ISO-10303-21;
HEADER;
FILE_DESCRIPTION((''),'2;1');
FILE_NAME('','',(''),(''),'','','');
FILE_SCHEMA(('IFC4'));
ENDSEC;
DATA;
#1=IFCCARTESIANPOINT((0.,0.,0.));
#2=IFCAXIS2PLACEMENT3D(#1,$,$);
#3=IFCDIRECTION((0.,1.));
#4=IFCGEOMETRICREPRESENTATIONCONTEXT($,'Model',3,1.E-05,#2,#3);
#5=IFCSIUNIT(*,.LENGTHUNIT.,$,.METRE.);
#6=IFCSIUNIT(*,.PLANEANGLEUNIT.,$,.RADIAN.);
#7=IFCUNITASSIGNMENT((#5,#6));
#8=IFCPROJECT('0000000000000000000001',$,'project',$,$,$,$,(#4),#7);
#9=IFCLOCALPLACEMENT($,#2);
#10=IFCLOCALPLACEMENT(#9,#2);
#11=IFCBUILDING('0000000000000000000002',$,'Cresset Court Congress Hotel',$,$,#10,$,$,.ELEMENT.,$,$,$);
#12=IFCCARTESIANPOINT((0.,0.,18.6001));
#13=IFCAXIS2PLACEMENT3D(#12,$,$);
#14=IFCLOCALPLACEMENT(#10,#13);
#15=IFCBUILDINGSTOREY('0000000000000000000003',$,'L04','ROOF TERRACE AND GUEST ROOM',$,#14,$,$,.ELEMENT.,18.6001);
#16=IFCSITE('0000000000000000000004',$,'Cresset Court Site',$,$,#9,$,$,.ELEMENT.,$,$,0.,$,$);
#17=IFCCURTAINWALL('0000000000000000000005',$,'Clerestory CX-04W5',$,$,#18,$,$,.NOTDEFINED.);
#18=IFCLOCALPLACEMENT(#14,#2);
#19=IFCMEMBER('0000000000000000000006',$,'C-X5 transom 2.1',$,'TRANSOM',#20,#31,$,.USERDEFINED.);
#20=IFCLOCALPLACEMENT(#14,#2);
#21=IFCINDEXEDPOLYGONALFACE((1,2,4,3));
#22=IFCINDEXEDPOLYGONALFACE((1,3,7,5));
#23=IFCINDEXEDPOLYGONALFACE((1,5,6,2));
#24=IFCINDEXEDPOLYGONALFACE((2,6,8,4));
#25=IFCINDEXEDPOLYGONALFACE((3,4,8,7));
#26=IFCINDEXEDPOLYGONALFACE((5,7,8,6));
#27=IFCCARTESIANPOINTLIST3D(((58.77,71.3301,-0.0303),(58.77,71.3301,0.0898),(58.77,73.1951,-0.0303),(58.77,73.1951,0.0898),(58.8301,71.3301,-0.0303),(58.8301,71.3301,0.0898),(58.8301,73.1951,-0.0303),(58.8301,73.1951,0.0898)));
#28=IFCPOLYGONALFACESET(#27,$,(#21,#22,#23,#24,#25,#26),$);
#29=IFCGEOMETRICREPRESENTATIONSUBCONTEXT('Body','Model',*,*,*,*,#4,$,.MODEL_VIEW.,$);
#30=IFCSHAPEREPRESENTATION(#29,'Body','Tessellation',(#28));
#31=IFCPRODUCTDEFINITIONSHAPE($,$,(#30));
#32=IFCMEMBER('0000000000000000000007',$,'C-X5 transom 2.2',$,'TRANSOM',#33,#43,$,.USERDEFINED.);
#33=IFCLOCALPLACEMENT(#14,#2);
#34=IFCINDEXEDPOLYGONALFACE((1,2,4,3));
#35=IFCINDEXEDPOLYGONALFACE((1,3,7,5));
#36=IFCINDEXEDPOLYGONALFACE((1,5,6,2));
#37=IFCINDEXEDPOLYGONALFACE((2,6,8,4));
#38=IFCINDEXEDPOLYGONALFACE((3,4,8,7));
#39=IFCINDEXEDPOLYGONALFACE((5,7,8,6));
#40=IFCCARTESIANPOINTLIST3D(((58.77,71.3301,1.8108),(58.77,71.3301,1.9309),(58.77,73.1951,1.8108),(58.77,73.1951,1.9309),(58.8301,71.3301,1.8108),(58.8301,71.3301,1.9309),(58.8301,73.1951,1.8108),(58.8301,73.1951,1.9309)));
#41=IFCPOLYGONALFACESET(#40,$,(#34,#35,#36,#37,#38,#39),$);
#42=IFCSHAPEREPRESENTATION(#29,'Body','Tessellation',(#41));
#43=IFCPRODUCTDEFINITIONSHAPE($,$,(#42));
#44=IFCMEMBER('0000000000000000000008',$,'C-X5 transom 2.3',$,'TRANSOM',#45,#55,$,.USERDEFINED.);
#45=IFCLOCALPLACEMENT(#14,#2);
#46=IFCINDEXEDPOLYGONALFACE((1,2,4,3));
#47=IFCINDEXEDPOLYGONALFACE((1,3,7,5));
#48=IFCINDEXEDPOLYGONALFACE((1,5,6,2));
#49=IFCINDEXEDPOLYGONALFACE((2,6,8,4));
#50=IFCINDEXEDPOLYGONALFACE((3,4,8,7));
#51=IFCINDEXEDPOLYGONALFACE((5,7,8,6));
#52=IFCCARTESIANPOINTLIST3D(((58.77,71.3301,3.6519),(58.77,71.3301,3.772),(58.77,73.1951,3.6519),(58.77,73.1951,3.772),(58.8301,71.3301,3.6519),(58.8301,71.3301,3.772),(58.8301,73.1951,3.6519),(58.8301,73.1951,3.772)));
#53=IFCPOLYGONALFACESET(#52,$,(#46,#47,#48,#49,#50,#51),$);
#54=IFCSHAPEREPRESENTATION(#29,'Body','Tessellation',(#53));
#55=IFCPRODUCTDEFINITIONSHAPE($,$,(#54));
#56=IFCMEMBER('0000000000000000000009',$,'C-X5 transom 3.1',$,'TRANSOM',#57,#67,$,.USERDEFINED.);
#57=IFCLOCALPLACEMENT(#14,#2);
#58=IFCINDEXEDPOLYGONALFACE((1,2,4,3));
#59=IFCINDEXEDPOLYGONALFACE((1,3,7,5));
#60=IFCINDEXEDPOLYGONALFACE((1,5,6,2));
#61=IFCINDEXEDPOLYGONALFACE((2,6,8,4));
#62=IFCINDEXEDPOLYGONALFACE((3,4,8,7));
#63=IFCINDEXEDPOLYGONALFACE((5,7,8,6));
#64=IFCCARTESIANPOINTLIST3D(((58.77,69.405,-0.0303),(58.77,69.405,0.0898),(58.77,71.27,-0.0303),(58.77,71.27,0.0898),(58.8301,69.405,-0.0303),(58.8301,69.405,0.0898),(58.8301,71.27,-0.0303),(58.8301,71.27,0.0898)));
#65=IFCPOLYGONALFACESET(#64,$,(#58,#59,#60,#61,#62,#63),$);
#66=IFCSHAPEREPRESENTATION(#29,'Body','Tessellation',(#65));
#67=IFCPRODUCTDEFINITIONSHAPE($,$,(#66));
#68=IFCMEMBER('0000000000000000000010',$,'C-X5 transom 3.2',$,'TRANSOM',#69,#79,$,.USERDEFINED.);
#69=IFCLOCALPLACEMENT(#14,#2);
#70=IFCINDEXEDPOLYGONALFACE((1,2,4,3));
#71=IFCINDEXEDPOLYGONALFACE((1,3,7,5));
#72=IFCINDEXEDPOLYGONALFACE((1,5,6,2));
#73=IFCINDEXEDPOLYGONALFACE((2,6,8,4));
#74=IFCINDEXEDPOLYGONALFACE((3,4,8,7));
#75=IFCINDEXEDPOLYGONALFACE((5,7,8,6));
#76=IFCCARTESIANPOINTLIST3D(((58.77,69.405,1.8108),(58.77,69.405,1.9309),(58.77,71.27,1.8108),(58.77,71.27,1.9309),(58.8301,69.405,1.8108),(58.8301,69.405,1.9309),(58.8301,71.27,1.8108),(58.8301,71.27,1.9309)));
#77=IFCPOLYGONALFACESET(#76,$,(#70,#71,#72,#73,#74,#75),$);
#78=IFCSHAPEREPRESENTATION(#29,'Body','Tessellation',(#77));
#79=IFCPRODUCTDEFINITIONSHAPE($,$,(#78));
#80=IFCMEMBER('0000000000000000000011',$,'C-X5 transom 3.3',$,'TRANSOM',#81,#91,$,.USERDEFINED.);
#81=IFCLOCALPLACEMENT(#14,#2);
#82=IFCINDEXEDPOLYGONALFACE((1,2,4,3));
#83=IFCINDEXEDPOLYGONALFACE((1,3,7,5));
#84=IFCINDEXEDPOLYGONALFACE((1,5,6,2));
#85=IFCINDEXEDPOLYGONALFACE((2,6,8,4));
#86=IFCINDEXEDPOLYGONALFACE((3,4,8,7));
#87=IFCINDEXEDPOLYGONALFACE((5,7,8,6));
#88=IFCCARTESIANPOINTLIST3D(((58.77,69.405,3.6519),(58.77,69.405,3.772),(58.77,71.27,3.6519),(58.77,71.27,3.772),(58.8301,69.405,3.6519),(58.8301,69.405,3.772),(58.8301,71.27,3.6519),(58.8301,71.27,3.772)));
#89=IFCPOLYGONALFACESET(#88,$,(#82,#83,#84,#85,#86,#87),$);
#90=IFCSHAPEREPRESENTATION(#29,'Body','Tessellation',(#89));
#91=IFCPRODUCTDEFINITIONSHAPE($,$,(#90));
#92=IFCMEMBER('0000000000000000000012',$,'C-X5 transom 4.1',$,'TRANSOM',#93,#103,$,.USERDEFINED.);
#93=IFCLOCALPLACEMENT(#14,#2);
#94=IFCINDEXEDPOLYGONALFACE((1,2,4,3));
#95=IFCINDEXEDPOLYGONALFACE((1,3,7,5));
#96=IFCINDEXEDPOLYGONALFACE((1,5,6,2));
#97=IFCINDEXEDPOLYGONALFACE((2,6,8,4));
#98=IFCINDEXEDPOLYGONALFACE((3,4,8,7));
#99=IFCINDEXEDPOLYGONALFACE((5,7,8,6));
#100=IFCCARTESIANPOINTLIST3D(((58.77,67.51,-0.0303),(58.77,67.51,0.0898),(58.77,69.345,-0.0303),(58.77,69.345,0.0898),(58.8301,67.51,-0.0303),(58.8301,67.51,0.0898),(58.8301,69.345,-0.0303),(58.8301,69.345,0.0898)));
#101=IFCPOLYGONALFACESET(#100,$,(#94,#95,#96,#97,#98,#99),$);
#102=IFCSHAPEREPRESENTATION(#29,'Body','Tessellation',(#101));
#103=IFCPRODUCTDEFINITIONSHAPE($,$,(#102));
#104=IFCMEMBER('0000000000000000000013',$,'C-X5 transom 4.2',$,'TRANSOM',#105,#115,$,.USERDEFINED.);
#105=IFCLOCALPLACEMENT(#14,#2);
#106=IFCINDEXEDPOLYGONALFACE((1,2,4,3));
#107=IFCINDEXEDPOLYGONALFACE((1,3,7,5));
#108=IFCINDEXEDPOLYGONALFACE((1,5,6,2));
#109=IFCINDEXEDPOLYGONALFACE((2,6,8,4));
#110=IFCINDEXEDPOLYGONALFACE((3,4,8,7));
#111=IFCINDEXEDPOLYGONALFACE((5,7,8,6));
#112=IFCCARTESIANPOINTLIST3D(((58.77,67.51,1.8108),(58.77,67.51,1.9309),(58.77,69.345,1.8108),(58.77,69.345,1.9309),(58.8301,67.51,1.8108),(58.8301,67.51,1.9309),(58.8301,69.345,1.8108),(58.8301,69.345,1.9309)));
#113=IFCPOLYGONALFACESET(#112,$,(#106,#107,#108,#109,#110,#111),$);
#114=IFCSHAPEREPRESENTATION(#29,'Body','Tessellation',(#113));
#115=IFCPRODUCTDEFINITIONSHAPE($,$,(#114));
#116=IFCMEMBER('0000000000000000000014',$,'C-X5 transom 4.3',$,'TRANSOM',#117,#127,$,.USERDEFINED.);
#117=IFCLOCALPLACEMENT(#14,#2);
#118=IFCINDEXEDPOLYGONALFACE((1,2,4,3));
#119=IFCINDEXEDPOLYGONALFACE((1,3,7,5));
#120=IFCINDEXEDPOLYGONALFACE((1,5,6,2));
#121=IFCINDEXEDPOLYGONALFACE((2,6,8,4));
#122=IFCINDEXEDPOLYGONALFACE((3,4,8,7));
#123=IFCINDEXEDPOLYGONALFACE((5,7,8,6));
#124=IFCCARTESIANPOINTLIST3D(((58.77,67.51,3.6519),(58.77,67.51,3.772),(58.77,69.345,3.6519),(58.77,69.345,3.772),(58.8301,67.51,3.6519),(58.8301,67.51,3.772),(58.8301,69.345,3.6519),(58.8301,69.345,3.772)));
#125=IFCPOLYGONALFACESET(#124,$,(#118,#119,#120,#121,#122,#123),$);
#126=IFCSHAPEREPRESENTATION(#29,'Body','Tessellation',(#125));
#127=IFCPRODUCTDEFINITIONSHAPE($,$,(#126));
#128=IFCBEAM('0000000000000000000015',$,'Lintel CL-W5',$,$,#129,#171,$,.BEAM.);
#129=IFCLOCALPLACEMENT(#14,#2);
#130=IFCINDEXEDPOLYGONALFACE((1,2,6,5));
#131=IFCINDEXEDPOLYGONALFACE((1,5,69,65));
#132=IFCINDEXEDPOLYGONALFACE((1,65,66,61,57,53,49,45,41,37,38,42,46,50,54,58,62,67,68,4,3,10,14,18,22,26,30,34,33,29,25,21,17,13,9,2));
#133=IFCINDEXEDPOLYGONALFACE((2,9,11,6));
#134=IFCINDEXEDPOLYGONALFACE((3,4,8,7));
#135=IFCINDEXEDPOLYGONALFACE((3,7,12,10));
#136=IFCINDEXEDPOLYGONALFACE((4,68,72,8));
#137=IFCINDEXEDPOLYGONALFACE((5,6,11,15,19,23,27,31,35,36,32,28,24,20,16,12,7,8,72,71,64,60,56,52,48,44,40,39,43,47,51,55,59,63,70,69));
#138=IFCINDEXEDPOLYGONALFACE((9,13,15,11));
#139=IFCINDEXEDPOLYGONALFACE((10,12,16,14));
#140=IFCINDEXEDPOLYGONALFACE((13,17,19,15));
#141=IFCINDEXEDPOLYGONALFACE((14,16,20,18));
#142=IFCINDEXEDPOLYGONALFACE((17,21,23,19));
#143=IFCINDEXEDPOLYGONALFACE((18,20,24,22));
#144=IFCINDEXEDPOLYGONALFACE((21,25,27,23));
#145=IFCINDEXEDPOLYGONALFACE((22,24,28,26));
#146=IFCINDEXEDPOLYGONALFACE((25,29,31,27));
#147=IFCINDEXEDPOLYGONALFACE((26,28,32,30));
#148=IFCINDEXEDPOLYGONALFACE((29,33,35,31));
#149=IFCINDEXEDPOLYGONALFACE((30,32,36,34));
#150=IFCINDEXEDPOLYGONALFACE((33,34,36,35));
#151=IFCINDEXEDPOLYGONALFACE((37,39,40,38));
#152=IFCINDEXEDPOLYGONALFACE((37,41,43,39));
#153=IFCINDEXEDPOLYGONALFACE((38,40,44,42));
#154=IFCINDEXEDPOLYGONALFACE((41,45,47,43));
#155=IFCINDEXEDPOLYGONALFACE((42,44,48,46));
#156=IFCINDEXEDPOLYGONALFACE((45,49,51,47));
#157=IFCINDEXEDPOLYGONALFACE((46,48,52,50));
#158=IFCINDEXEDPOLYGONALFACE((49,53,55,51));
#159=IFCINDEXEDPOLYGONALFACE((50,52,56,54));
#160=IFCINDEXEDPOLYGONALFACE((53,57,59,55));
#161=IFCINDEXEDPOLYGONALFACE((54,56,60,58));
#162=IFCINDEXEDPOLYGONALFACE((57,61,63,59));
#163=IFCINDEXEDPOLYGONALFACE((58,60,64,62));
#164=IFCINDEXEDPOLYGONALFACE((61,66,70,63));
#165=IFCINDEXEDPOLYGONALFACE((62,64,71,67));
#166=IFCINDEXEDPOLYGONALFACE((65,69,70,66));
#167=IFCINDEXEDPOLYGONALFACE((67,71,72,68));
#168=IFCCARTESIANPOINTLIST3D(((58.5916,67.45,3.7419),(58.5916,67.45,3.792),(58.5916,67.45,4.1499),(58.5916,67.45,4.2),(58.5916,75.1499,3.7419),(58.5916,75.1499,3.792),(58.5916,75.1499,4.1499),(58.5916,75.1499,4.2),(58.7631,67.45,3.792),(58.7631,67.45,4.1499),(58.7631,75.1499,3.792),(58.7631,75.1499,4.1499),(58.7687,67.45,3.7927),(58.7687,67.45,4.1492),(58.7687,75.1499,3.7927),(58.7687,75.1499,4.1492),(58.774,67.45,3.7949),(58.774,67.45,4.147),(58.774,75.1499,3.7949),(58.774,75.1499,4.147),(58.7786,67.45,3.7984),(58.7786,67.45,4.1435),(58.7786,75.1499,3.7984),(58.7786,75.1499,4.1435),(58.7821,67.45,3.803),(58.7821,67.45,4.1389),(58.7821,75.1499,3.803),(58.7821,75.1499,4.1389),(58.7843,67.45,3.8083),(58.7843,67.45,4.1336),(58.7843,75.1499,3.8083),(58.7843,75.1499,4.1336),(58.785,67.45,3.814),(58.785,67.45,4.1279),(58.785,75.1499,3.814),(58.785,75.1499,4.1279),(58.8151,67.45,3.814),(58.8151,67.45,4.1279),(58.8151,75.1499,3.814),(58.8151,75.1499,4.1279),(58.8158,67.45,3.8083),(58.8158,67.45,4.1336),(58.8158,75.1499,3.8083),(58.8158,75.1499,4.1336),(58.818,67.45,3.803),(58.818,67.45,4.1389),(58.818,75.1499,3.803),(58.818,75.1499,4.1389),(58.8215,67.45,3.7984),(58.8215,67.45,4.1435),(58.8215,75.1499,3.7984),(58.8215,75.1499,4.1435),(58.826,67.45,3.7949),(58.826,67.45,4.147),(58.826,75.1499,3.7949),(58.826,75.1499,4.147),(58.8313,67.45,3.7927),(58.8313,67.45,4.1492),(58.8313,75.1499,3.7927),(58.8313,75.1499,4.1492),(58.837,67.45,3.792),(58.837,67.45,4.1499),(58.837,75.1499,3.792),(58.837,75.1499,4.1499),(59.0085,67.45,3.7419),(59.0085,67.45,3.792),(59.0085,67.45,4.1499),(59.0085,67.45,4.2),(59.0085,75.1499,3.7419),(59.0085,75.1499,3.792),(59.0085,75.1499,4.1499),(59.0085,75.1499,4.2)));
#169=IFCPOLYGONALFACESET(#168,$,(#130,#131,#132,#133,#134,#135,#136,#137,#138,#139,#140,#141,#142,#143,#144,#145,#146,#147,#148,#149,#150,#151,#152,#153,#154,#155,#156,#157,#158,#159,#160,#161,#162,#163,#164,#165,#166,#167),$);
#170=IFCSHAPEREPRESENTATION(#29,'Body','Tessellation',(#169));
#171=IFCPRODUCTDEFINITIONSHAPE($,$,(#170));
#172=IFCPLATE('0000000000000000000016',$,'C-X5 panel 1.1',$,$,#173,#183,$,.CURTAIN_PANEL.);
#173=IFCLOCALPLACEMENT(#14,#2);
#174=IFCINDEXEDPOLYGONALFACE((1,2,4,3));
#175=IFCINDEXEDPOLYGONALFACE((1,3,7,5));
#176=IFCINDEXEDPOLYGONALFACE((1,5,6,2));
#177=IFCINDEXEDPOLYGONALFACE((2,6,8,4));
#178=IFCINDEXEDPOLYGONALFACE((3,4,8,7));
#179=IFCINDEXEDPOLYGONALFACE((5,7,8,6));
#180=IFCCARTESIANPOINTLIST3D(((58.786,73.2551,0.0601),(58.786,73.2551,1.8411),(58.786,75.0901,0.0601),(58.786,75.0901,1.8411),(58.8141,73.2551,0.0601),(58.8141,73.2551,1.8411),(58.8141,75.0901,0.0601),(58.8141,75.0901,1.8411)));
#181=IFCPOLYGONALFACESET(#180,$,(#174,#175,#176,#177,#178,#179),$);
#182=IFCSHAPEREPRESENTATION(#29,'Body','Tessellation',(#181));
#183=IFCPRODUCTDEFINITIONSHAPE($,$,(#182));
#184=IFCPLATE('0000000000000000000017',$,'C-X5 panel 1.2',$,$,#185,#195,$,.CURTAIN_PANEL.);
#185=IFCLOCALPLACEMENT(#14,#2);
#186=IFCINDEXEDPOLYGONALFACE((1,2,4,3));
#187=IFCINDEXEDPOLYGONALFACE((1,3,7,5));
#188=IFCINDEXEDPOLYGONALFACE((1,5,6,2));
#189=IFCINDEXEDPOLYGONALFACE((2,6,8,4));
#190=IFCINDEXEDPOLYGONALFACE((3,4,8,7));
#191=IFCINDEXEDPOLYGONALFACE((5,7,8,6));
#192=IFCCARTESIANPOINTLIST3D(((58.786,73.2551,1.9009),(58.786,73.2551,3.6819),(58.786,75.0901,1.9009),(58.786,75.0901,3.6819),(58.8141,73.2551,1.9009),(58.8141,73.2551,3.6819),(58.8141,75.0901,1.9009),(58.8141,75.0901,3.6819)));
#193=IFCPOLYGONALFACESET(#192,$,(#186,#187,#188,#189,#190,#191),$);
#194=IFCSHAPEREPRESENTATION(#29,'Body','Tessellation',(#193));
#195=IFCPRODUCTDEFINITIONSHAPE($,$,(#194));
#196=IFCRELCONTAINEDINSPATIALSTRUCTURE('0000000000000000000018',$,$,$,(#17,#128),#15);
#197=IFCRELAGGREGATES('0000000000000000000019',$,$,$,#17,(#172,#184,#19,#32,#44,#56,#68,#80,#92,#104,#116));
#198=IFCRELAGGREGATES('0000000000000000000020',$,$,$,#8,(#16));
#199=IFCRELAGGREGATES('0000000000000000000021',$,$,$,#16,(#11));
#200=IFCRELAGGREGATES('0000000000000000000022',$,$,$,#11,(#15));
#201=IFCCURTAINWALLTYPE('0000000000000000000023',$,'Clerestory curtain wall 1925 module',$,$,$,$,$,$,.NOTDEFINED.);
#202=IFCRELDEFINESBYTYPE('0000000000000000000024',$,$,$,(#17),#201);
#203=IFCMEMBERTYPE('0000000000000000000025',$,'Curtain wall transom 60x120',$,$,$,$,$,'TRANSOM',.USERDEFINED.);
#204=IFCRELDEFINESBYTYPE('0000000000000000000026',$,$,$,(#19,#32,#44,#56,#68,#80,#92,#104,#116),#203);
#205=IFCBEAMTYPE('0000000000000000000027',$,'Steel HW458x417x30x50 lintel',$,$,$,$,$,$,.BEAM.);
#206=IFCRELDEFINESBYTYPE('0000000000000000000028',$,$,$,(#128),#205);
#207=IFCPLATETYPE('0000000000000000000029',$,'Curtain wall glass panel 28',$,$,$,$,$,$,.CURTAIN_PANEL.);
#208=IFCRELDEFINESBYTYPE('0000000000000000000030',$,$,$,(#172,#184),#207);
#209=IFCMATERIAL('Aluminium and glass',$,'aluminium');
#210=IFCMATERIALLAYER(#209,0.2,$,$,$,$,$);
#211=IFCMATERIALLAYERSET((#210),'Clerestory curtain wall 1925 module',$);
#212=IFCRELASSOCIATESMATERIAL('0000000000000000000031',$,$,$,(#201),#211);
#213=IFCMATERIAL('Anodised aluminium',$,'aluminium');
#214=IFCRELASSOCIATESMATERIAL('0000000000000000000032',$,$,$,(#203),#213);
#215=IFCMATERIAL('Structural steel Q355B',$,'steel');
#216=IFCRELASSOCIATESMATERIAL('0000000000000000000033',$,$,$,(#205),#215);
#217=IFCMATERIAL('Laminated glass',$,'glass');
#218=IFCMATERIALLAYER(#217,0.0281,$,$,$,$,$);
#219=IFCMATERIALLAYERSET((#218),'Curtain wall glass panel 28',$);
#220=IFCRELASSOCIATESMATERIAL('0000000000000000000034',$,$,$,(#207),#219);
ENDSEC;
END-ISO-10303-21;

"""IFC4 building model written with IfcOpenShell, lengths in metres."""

from ifc_helpers import new_model, si_unit, direction, frame, origin, origin_2d, place, context, subcontext, project, spatial, rectangle, i_section, extrude, material, layer, layer_set, material_profile, profile_set, type_object, element, aggregate, save


model = new_model("IFC4")

# Units and contexts
model_context = context("Model", 3, precision=1e-05, world=origin(), true_north=direction((0.0, 1.0)))
body_context = subcontext(model_context, "Body", "Model", "MODEL_VIEW")
ifc_project = project(units=[si_unit("LENGTHUNIT", "METRE"), si_unit("PLANEANGLEUNIT", "RADIAN")], contexts=[model_context])

# Site, building, storey
site_placement = place(None, origin())
site = spatial("IfcSite", under=ifc_project, at=site_placement, Name="Cresset Court Site", CompositionType="ELEMENT", RefElevation=0.0)
building_placement = place(site_placement, origin())
building = spatial("IfcBuilding", under=site, at=building_placement, Name="Cresset Court Congress Hotel", CompositionType="ELEMENT")
storey_placement = place(building_placement, frame((0.0, 0.0, 18.6001)))
storey = spatial("IfcBuildingStorey", under=building, at=storey_placement, Name="L04", Description="ROOF TERRACE AND GUEST ROOM", CompositionType="ELEMENT", Elevation=18.6001)

# Curtain wall, members
ifc_material_1 = material(Name="Aluminium and glass", Category="aluminium")
ifc_layer_1 = layer(ifc_material_1, 0.2)
ifc_layer_set_1 = layer_set([ifc_layer_1], Name="Clerestory curtain wall 1925 module")
curtain_wall_type = type_object("IfcCurtainWallType", Name="Clerestory curtain wall 1925 module", PredefinedType="NOTDEFINED", material=ifc_layer_set_1)
curtain_wall_placement = place(storey_placement, origin())
curtain_wall = element("IfcCurtainWall", 1, at=curtain_wall_placement, inside=storey, type_object=curtain_wall_type, Name="Clerestory CX-04W5", PredefinedType="NOTDEFINED")
ifc_material_2 = material(Name="Anodised aluminium", Category="aluminium")
ifc_material_profile_1 = material_profile(ifc_material_2, rectangle(XDim=0.0601, YDim=0.1201, at=origin_2d()), Name="AL60x120")
ifc_profile_set_1 = profile_set([ifc_material_profile_1], Name="Anodised aluminium")
member_type_1 = type_object("IfcMemberType", Name="Curtain wall transom 60x120", ElementType="TRANSOM", PredefinedType="USERDEFINED", material=ifc_profile_set_1)
member_1_placement = place(storey_placement, frame((58.8, 73.1951, 0.0298), z_axis=(0.0, -1.0, 0.0), x_axis=(1.0, 0.0, 0.0)))
member_1 = element("IfcMember", 2, at=member_1_placement, type_object=member_type_1, Name="C-X5 transom 2.1", ObjectType="TRANSOM", PredefinedType="USERDEFINED", context=body_context, shape_type="SweptSolid", body=[
    extrude(rectangle(XDim=0.0601, YDim=0.1201, at=origin_2d()), origin(), (0.0, 0.0, 1.0), 1.865),
])
member_2_placement = place(storey_placement, frame((58.8, 73.1951, 1.8708), z_axis=(0.0, -1.0, 0.0), x_axis=(1.0, 0.0, 0.0)))
member_2 = element("IfcMember", 3, at=member_2_placement, type_object=member_type_1, Name="C-X5 transom 2.2", ObjectType="TRANSOM", PredefinedType="USERDEFINED", context=body_context, shape_type="SweptSolid", body=[
    extrude(rectangle(XDim=0.0601, YDim=0.1201, at=origin_2d()), origin(), (0.0, 0.0, 1.0), 1.865),
])
member_3_placement = place(storey_placement, frame((58.8, 73.1951, 3.7119), z_axis=(0.0, -1.0, 0.0), x_axis=(1.0, 0.0, 0.0)))
member_3 = element("IfcMember", 4, at=member_3_placement, type_object=member_type_1, Name="C-X5 transom 2.3", ObjectType="TRANSOM", PredefinedType="USERDEFINED", context=body_context, shape_type="SweptSolid", body=[
    extrude(rectangle(XDim=0.0601, YDim=0.1201, at=origin_2d()), origin(), (0.0, 0.0, 1.0), 1.865),
])
member_4_placement = place(storey_placement, frame((58.8, 71.27, 0.0298), z_axis=(0.0, -1.0, 0.0), x_axis=(1.0, 0.0, 0.0)))
member_4 = element("IfcMember", 5, at=member_4_placement, type_object=member_type_1, Name="C-X5 transom 3.1", ObjectType="TRANSOM", PredefinedType="USERDEFINED", context=body_context, shape_type="SweptSolid", body=[
    extrude(rectangle(XDim=0.0601, YDim=0.1201, at=origin_2d()), origin(), (0.0, 0.0, 1.0), 1.865),
])
member_5_placement = place(storey_placement, frame((58.8, 71.27, 1.8708), z_axis=(0.0, -1.0, 0.0), x_axis=(1.0, 0.0, 0.0)))
member_5 = element("IfcMember", 6, at=member_5_placement, type_object=member_type_1, Name="C-X5 transom 3.2", ObjectType="TRANSOM", PredefinedType="USERDEFINED", context=body_context, shape_type="SweptSolid", body=[
    extrude(rectangle(XDim=0.0601, YDim=0.1201, at=origin_2d()), origin(), (0.0, 0.0, 1.0), 1.865),
])
member_6_placement = place(storey_placement, frame((58.8, 71.27, 3.7119), z_axis=(0.0, -1.0, 0.0), x_axis=(1.0, 0.0, 0.0)))
member_6 = element("IfcMember", 7, at=member_6_placement, type_object=member_type_1, Name="C-X5 transom 3.3", ObjectType="TRANSOM", PredefinedType="USERDEFINED", context=body_context, shape_type="SweptSolid", body=[
    extrude(rectangle(XDim=0.0601, YDim=0.1201, at=origin_2d()), origin(), (0.0, 0.0, 1.0), 1.865),
])
member_7_placement = place(storey_placement, frame((58.8, 69.345, 0.0298), z_axis=(0.0, -1.0, 0.0), x_axis=(1.0, 0.0, 0.0)))
member_7 = element("IfcMember", 8, at=member_7_placement, type_object=member_type_1, Name="C-X5 transom 4.1", ObjectType="TRANSOM", PredefinedType="USERDEFINED", context=body_context, shape_type="SweptSolid", body=[
    extrude(rectangle(XDim=0.0601, YDim=0.1201, at=origin_2d()), origin(), (0.0, 0.0, 1.0), 1.835),
])
member_8_placement = place(storey_placement, frame((58.8, 69.345, 1.8708), z_axis=(0.0, -1.0, 0.0), x_axis=(1.0, 0.0, 0.0)))
member_8 = element("IfcMember", 9, at=member_8_placement, type_object=member_type_1, Name="C-X5 transom 4.2", ObjectType="TRANSOM", PredefinedType="USERDEFINED", context=body_context, shape_type="SweptSolid", body=[
    extrude(rectangle(XDim=0.0601, YDim=0.1201, at=origin_2d()), origin(), (0.0, 0.0, 1.0), 1.835),
])
member_9_placement = place(storey_placement, frame((58.8, 69.345, 3.7119), z_axis=(0.0, -1.0, 0.0), x_axis=(1.0, 0.0, 0.0)))
member_9 = element("IfcMember", 10, at=member_9_placement, type_object=member_type_1, Name="C-X5 transom 4.3", ObjectType="TRANSOM", PredefinedType="USERDEFINED", context=body_context, shape_type="SweptSolid", body=[
    extrude(rectangle(XDim=0.0601, YDim=0.1201, at=origin_2d()), origin(), (0.0, 0.0, 1.0), 1.835),
])

# Beam
ifc_material_3 = material(Name="Structural steel Q355B", Category="steel")
ifc_material_profile_2 = material_profile(ifc_material_3, i_section(OverallWidth=0.417, OverallDepth=0.458, WebThickness=0.03, FlangeThickness=0.05, FilletRadius=0.022, at=origin_2d()), Name="HW458x417x30x50")
ifc_profile_set_2 = profile_set([ifc_material_profile_2], Name="Structural steel Q355B")
beam_type = type_object("IfcBeamType", Name="Steel HW458x417x30x50 lintel", PredefinedType="BEAM", material=ifc_profile_set_2)
beam_placement = place(storey_placement, frame((58.8, 75.1499, 3.9709), z_axis=(0.0, -1.0, 0.0), x_axis=(1.0, 0.0, 0.0)))
element("IfcBeam", 11, at=beam_placement, inside=storey, type_object=beam_type, Name="Lintel CL-W5", PredefinedType="BEAM", context=body_context, shape_type="SweptSolid", body=[
    extrude(i_section(OverallWidth=0.417, OverallDepth=0.458, WebThickness=0.03, FlangeThickness=0.05, FilletRadius=0.022, at=origin_2d()), origin(), (0.0, 0.0, 1.0), 7.7),
])

# Plates
ifc_material_4 = material(Name="Laminated glass", Category="glass")
ifc_layer_2 = layer(ifc_material_4, 0.0281)
ifc_layer_set_2 = layer_set([ifc_layer_2], Name="Curtain wall glass panel 28")
plate_type = type_object("IfcPlateType", Name="Curtain wall glass panel 28", PredefinedType="CURTAIN_PANEL", material=ifc_layer_set_2)
plate_1_placement = place(storey_placement, frame((58.8, 74.1726, 0.0601), z_axis=(0.0, 0.0, 1.0), x_axis=(0.0, -1.0, 0.0)))
plate_1 = element("IfcPlate", 12, at=plate_1_placement, type_object=plate_type, Name="C-X5 panel 1.1", PredefinedType="CURTAIN_PANEL", context=body_context, shape_type="SweptSolid", body=[
    extrude(rectangle(XDim=1.835, YDim=0.0281, at=origin_2d()), origin(), (0.0, 0.0, 1.0), 1.781),
])
plate_2_placement = place(storey_placement, frame((58.8, 74.1726, 1.9009), z_axis=(0.0, 0.0, 1.0), x_axis=(0.0, -1.0, 0.0)))
plate_2 = element("IfcPlate", 13, at=plate_2_placement, type_object=plate_type, Name="C-X5 panel 1.2", PredefinedType="CURTAIN_PANEL", context=body_context, shape_type="SweptSolid", body=[
    extrude(rectangle(XDim=1.835, YDim=0.0281, at=origin_2d()), origin(), (0.0, 0.0, 1.0), 1.781),
])
aggregate(curtain_wall, [plate_1, plate_2, member_1, member_2, member_3, member_4, member_5, member_6, member_7, member_8, member_9])

save(model, "model.ifc")
